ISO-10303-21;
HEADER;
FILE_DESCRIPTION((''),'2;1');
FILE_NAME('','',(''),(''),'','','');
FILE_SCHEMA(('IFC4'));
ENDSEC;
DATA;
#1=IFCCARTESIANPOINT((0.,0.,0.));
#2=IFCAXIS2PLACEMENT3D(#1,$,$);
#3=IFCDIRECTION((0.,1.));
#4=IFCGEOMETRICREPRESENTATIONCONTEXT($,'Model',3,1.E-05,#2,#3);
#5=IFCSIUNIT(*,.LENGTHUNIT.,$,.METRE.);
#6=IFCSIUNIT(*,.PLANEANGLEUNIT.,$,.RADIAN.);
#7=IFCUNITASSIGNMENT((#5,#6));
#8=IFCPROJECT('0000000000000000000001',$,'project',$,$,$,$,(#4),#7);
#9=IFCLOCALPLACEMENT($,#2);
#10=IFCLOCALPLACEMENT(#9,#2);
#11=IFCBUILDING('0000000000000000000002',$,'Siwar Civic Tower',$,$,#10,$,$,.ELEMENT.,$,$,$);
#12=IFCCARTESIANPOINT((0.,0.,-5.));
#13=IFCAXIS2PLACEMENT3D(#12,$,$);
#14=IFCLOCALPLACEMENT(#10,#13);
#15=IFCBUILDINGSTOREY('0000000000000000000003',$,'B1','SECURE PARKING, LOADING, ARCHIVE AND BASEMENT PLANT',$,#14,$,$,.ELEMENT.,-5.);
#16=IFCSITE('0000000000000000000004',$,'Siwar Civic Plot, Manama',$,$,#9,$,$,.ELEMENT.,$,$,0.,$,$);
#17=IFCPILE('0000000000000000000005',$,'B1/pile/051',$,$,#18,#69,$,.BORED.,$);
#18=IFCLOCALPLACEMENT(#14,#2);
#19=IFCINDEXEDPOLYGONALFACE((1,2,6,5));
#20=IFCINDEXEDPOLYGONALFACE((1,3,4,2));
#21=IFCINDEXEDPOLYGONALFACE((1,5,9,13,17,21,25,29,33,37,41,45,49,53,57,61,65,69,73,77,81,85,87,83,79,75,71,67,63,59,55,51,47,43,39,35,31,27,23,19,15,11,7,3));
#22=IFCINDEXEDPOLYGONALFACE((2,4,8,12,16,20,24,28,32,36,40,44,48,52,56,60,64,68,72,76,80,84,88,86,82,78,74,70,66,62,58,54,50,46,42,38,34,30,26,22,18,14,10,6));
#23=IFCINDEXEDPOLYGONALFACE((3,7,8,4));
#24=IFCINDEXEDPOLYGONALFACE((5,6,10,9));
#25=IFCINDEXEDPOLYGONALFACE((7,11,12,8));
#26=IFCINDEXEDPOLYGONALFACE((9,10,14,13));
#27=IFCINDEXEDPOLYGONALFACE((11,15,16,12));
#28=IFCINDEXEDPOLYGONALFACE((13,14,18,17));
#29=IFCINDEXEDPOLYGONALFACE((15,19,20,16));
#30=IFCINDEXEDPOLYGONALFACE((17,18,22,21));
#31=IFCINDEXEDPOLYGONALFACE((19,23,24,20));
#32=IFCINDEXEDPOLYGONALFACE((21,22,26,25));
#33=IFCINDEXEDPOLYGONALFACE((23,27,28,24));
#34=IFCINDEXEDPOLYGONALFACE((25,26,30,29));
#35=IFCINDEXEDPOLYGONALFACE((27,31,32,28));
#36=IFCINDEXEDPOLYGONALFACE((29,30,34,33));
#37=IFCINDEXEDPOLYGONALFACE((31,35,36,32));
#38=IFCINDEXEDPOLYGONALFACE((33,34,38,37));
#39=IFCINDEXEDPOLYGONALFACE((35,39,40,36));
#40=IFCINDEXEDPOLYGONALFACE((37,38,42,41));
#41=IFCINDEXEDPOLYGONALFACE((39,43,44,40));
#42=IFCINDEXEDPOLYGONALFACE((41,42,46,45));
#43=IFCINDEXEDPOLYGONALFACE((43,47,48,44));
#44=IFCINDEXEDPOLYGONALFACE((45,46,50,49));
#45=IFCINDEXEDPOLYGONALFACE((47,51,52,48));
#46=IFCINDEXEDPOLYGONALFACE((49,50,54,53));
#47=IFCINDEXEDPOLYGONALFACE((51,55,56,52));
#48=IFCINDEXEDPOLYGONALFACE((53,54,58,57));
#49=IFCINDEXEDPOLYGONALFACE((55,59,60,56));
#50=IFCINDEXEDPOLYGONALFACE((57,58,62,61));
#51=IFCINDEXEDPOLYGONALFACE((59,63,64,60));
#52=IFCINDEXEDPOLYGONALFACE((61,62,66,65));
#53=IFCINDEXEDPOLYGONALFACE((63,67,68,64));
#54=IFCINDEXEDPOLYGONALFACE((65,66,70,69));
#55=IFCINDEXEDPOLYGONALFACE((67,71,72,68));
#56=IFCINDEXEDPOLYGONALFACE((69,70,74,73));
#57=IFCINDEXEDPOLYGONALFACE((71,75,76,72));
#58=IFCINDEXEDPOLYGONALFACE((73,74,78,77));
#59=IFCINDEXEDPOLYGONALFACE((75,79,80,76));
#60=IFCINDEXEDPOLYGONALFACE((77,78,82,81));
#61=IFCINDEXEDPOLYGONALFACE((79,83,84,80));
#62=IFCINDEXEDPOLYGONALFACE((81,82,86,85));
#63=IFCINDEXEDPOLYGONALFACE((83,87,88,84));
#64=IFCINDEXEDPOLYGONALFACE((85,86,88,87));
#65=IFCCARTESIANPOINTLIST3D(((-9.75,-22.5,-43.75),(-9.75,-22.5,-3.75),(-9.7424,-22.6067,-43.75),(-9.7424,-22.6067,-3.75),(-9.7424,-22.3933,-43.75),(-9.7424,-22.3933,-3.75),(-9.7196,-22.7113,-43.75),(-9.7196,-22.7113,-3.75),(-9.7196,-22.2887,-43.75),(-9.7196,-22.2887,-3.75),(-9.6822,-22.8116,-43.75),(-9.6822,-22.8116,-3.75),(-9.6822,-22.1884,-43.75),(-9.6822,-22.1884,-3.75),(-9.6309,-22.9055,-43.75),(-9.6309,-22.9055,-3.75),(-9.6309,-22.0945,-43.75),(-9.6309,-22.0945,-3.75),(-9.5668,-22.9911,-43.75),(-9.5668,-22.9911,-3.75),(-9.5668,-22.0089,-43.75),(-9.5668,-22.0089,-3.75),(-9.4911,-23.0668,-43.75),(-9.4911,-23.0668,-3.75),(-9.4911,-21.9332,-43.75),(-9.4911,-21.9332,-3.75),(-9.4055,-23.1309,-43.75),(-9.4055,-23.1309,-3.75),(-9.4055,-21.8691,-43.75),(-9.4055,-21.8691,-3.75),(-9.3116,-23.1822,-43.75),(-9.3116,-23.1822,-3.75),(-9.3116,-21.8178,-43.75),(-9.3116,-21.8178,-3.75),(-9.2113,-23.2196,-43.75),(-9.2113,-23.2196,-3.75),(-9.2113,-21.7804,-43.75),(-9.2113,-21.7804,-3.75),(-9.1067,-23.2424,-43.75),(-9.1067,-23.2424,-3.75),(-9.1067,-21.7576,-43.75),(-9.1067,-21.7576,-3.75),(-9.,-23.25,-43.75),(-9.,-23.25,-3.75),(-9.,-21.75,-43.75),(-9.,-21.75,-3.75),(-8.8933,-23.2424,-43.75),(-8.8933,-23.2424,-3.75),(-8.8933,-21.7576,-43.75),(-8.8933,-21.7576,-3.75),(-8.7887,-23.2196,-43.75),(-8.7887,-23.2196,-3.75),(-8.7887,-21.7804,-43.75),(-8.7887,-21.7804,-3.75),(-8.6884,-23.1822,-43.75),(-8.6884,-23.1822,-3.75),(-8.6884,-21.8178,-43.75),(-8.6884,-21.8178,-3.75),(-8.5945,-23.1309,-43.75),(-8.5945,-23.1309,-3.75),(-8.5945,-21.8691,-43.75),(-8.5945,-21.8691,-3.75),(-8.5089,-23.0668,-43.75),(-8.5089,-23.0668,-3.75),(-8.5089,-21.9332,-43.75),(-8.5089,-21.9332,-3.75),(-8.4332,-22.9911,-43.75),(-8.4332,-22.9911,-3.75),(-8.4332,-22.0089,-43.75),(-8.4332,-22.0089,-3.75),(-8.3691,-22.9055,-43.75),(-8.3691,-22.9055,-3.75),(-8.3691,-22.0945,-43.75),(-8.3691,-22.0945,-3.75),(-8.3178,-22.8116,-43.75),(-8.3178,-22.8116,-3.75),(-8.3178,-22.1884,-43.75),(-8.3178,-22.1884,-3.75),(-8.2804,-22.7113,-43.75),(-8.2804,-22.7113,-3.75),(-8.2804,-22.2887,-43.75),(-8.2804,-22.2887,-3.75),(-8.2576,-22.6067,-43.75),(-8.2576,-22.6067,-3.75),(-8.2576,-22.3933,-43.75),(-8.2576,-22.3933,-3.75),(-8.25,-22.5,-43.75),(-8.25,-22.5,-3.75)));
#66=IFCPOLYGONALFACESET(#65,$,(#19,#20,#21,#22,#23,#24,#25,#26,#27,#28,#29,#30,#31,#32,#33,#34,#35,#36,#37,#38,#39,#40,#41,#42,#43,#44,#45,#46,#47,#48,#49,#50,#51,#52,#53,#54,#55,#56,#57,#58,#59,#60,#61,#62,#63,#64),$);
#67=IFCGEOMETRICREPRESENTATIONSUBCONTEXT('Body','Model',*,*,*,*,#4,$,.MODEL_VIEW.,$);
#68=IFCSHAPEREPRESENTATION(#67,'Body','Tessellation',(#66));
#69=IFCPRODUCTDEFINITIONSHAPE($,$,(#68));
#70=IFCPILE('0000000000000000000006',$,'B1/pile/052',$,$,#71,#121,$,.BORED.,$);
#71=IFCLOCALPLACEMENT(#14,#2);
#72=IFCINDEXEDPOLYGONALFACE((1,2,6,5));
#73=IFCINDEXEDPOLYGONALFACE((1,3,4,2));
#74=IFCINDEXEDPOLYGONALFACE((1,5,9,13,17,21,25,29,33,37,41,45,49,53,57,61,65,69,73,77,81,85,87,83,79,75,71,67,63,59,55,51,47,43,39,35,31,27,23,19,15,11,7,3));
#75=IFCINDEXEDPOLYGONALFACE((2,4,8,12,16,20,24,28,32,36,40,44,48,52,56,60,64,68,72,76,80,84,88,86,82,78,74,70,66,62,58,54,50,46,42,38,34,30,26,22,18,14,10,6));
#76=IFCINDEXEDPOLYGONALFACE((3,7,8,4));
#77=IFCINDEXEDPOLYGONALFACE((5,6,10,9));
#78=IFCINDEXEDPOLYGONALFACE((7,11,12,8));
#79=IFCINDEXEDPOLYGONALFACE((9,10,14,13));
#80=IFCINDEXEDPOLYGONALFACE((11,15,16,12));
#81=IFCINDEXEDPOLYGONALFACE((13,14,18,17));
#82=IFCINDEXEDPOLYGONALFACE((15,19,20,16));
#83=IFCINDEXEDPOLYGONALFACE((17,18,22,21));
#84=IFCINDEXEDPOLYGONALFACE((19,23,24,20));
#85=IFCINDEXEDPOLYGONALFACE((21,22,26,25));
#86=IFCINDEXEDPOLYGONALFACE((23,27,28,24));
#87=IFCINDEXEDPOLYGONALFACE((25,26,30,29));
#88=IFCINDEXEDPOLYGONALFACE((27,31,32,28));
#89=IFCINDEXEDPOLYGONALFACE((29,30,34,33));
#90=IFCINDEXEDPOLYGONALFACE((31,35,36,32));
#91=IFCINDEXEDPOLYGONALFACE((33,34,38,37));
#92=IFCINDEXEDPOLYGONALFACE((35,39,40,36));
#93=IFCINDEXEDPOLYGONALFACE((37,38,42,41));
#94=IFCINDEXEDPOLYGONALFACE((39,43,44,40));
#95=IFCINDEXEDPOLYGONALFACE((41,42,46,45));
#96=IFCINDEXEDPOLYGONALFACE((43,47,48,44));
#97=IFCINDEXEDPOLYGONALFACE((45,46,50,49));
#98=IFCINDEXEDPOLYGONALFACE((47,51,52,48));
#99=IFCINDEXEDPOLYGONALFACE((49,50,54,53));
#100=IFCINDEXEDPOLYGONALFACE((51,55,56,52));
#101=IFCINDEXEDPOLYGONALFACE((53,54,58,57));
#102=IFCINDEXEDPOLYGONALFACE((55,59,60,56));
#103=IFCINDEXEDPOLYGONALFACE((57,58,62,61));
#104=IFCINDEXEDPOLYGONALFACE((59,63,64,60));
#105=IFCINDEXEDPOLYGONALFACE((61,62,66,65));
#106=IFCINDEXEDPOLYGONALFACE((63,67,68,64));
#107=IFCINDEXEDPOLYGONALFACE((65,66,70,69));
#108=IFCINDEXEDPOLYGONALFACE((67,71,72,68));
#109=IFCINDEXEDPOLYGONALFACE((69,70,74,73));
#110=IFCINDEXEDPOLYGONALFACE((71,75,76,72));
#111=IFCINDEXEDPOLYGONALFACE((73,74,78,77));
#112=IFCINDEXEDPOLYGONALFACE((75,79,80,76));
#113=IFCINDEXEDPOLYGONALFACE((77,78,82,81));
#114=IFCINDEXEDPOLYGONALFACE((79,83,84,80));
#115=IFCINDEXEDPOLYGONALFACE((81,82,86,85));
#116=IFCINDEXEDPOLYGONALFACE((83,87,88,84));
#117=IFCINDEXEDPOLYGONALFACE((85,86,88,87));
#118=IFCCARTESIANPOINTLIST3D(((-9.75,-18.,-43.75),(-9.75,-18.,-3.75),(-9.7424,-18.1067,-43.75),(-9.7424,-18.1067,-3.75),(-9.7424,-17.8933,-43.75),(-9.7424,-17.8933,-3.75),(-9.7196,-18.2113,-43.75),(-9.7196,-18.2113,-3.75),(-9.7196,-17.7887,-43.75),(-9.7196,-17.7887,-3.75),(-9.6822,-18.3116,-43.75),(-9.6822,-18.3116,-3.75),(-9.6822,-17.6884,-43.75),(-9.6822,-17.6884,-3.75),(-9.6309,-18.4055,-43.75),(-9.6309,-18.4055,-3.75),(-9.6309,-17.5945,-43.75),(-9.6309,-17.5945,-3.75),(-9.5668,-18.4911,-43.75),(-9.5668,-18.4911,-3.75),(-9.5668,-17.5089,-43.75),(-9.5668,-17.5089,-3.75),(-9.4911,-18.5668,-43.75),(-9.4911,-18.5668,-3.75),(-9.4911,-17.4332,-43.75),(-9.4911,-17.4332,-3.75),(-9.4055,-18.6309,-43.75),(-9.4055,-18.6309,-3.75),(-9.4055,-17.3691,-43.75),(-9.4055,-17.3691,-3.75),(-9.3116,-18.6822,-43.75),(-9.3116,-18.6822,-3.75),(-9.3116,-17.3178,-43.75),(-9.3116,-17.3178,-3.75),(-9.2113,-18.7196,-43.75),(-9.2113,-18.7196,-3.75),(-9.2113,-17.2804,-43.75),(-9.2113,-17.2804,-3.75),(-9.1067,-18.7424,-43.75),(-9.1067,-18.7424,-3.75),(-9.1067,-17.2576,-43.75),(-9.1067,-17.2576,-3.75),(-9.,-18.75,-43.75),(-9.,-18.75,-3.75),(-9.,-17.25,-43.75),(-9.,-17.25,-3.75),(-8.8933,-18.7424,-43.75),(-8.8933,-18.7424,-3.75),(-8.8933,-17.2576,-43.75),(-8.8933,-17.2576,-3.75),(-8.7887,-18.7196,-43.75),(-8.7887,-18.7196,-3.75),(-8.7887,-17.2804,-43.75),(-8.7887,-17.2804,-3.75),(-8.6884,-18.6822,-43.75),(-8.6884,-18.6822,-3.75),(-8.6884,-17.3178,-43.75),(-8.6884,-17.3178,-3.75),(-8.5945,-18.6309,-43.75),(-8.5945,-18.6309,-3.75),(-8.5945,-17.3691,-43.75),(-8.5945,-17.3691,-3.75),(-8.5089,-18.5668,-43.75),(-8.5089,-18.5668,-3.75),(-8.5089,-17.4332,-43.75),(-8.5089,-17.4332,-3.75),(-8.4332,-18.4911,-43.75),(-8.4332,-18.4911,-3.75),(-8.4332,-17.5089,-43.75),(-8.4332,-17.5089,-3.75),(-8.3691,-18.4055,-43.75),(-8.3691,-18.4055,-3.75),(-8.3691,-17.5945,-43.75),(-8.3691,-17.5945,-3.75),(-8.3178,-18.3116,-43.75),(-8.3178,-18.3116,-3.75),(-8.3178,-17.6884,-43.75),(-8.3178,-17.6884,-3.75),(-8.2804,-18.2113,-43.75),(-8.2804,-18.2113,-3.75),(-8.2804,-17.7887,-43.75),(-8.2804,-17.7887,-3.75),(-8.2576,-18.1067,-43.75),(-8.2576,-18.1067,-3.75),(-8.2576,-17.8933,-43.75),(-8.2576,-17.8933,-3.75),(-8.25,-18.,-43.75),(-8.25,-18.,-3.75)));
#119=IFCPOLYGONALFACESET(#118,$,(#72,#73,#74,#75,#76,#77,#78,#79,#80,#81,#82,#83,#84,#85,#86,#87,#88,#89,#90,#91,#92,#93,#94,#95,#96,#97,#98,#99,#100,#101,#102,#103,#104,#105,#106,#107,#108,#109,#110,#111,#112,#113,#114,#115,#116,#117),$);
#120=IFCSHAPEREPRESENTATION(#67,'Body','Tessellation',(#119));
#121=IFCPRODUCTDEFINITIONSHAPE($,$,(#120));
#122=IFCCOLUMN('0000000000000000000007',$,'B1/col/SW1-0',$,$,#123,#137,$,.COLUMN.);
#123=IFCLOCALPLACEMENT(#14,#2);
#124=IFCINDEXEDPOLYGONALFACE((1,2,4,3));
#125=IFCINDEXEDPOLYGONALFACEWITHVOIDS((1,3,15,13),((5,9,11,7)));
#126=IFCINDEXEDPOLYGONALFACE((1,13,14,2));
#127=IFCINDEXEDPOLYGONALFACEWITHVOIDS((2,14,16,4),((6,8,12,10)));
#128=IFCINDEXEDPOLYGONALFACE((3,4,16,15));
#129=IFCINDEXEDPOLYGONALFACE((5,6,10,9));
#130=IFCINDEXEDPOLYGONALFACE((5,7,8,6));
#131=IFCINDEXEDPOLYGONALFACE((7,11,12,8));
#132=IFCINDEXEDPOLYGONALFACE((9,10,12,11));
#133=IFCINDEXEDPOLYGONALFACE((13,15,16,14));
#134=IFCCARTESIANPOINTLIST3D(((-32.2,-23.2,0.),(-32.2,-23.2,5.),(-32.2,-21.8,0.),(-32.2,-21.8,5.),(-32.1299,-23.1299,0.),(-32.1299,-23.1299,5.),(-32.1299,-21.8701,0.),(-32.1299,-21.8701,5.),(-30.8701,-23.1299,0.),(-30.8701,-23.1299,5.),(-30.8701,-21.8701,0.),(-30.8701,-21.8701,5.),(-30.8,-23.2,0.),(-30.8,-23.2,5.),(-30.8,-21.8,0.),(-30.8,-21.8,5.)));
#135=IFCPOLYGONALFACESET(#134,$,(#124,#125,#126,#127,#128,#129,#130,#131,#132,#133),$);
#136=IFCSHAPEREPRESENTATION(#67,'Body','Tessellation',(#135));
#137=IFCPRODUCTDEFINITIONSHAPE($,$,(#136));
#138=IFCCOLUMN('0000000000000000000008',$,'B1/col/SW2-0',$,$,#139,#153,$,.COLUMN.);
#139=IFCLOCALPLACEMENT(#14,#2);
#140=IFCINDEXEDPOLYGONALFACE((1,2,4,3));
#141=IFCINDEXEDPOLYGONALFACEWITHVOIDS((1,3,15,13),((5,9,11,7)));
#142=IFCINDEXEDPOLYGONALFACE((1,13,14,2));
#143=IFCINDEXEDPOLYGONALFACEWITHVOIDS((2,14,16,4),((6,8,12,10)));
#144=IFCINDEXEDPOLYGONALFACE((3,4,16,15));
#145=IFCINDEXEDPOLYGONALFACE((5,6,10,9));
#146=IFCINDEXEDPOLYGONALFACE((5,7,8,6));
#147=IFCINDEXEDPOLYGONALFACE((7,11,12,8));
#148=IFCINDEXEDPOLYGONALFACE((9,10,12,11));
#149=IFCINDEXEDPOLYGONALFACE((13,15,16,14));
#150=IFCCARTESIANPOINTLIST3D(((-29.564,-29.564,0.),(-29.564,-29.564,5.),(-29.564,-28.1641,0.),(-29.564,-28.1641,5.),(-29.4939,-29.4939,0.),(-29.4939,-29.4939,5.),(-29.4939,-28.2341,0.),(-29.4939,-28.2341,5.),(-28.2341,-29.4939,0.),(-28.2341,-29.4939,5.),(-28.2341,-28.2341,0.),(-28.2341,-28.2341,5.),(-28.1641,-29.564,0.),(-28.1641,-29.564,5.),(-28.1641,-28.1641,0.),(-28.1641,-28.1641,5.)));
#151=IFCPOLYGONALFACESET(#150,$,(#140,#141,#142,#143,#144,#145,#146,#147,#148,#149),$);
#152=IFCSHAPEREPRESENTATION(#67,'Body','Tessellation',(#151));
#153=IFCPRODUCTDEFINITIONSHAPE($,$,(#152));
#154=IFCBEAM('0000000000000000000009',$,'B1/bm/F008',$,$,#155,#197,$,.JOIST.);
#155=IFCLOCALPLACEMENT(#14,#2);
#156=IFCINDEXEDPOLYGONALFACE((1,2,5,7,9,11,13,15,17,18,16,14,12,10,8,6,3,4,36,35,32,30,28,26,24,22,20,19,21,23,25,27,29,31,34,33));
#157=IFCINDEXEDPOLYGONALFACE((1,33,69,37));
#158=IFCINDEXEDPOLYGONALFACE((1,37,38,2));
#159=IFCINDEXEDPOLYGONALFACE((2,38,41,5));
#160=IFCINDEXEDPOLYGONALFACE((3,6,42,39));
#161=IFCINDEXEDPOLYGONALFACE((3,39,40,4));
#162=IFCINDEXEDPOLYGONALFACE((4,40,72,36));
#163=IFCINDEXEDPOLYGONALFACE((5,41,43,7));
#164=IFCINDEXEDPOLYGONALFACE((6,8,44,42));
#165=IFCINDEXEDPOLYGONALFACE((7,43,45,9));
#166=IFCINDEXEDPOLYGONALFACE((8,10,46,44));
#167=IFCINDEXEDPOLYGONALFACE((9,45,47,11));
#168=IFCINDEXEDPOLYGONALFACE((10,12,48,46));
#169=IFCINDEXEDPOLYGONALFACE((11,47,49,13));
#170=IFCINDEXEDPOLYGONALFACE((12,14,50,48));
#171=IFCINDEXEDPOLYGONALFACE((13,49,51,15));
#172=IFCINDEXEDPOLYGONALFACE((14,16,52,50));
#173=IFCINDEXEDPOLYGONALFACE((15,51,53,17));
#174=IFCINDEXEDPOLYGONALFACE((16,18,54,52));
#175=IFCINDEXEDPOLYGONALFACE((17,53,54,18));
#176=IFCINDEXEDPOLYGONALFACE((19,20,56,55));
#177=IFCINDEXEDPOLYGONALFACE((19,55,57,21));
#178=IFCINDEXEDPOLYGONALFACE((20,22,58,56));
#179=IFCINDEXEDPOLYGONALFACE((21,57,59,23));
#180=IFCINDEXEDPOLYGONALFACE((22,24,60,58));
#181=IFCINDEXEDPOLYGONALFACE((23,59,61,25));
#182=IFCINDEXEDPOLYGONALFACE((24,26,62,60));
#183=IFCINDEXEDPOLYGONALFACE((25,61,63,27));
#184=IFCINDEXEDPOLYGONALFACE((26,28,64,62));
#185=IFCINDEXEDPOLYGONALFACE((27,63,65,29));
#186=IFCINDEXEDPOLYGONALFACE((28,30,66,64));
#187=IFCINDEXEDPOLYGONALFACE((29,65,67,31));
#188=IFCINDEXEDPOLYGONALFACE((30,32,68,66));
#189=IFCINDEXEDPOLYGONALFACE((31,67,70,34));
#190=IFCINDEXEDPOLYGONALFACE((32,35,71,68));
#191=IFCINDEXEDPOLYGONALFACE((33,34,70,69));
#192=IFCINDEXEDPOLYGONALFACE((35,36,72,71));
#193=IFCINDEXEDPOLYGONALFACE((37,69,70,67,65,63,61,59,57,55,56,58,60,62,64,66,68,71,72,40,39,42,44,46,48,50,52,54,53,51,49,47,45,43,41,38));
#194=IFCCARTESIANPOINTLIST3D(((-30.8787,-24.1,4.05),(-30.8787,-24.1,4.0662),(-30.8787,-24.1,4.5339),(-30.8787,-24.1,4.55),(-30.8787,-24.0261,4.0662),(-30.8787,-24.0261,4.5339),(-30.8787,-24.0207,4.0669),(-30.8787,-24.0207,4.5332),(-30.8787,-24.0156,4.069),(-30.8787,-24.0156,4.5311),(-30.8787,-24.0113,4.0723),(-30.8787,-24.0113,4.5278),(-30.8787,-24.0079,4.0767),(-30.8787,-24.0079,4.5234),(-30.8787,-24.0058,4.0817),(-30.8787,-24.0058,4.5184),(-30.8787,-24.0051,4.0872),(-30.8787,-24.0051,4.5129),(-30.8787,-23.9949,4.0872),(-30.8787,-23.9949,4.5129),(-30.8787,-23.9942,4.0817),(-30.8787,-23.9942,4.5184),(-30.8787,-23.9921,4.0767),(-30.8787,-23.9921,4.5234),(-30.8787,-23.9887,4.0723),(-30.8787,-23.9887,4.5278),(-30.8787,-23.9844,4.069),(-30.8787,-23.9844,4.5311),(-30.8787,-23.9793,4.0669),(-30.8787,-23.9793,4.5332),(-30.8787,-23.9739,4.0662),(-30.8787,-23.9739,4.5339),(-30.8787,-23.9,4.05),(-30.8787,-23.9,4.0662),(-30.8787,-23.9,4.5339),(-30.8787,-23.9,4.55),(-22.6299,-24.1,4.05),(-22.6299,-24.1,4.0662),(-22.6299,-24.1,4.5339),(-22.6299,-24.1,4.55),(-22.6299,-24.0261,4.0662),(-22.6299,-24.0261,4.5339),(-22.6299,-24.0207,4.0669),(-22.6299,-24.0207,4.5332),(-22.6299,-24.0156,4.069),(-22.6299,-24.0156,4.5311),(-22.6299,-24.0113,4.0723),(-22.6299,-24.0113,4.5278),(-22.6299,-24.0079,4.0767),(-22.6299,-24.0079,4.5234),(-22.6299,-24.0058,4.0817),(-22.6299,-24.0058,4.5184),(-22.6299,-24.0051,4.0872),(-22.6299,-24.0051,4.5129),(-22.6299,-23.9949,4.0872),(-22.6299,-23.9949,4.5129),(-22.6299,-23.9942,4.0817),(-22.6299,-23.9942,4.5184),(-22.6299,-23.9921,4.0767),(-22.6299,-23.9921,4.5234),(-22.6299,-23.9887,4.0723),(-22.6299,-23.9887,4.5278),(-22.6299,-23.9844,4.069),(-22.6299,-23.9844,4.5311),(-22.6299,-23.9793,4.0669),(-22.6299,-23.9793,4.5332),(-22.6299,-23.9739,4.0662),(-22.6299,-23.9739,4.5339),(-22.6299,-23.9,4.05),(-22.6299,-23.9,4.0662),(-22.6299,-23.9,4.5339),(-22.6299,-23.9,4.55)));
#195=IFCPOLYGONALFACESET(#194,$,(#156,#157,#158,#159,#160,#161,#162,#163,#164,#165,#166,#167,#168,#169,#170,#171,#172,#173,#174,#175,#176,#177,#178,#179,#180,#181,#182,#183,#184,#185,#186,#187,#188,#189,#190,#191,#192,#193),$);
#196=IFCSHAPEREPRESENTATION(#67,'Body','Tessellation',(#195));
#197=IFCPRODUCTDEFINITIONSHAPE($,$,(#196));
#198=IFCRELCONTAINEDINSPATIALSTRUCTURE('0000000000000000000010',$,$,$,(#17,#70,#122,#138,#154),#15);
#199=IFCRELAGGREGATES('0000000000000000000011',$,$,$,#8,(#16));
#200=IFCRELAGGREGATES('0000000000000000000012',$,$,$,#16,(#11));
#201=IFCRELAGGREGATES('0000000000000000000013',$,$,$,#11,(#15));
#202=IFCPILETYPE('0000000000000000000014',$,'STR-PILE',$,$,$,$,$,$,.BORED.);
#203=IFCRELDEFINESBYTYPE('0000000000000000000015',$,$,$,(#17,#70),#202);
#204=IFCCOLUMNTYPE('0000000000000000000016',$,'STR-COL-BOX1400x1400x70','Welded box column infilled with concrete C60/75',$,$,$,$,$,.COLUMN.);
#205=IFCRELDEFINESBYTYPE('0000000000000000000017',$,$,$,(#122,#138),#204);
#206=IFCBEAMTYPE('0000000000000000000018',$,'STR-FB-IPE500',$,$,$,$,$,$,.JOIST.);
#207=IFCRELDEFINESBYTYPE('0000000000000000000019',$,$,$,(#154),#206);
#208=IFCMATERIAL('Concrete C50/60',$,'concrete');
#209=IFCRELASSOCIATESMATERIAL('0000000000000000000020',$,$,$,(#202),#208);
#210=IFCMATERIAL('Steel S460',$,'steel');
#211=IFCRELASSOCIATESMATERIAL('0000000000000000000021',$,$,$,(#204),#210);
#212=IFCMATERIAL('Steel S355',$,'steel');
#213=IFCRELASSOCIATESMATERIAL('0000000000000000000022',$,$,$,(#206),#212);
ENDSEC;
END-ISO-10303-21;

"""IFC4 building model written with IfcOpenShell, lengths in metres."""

from ifc_helpers import new_model, si_unit, direction, frame, origin, origin_2d, place, context, subcontext, project, spatial, hollow_rectangle, circle, i_section, extrude, material, material_profile, profile_set, type_object, element, save


model = new_model("IFC4")

# Units and contexts
model_context = context("Model", 3, precision=1e-05, world=origin(), true_north=direction((0.0, 1.0)))
body_context = subcontext(model_context, "Body", "Model", "MODEL_VIEW")
ifc_project = project(units=[si_unit("LENGTHUNIT", "METRE"), si_unit("PLANEANGLEUNIT", "RADIAN")], contexts=[model_context])

# Site, building, storey
site_placement = place(None, origin())
site = spatial("IfcSite", under=ifc_project, at=site_placement, Name="Siwar Civic Plot, Manama", CompositionType="ELEMENT", RefElevation=0.0)
building_placement = place(site_placement, origin())
building = spatial("IfcBuilding", under=site, at=building_placement, Name="Siwar Civic Tower", CompositionType="ELEMENT")
storey_placement = place(building_placement, frame((0.0, 0.0, -5.0)))
storey = spatial("IfcBuildingStorey", under=building, at=storey_placement, Name="B1", Description="SECURE PARKING, LOADING, ARCHIVE AND BASEMENT PLANT", CompositionType="ELEMENT", Elevation=-5.0)

# Piles
ifc_material_1 = material(Name="Concrete C50/60", Category="concrete")
ifc_material_profile_1 = material_profile(ifc_material_1, circle(Radius=0.75, at=origin_2d()), Name="PILE1500")
ifc_profile_set_1 = profile_set([ifc_material_profile_1], Name="Concrete C50/60")
pile_type = type_object("IfcPileType", Name="STR-PILE", PredefinedType="BORED", material=ifc_profile_set_1)
for number, where, z_axis, x_axis, name in (
    (1, (-9.0, -22.5, -3.75), (0.0, 0.0, -1.0), (1.0, 0.0, 0.0), "B1/pile/051"),
    (2, (-9.0, -18.0, -3.75), (0.0, 0.0, -1.0), (1.0, 0.0, 0.0), "B1/pile/052"),
):
    element("IfcPile", number, at=place(storey_placement, frame(where, z_axis=z_axis, x_axis=x_axis)), inside=storey, type_object=pile_type, Name=name, PredefinedType="BORED", context=body_context, shape_type="SweptSolid", body=[
        extrude(circle(Radius=0.75, at=origin_2d()), origin(), (0.0, 0.0, 1.0), 40.0),
    ])

# Columns
ifc_material_2 = material(Name="Steel S460", Category="steel")
ifc_material_profile_2 = material_profile(ifc_material_2, hollow_rectangle(XDim=1.3999, YDim=1.3999, WallThickness=0.0701, at=origin_2d()), Name="BOX1400x1400x70")
ifc_profile_set_2 = profile_set([ifc_material_profile_2], Name="Steel S460")
column_type = type_object("IfcColumnType", Name="STR-COL-BOX1400x1400x70", Description="Welded box column infilled with concrete C60/75", PredefinedType="COLUMN", material=ifc_profile_set_2)
for number, where, z_axis, x_axis, name in (
    (3, (-31.5, -22.5, 0.0), (0.0, 0.0, 1.0), (1.0, 0.0, 0.0), "B1/col/SW1-0"),
    (4, (-28.864, -28.864, 0.0), (0.0, 0.0, 1.0), (1.0, 0.0, 0.0), "B1/col/SW2-0"),
):
    element("IfcColumn", number, at=place(storey_placement, frame(where, z_axis=z_axis, x_axis=x_axis)), inside=storey, type_object=column_type, Name=name, PredefinedType="COLUMN", context=body_context, shape_type="SweptSolid", body=[
        extrude(hollow_rectangle(XDim=1.3999, YDim=1.3999, WallThickness=0.0701, at=origin_2d()), origin(), (0.0, 0.0, 1.0), 5.0),
    ])

# Beam
ifc_material_3 = material(Name="Steel S355", Category="steel")
ifc_material_profile_3 = material_profile(ifc_material_3, i_section(OverallWidth=0.2, OverallDepth=0.5, WebThickness=0.0103, FlangeThickness=0.0161, FilletRadius=0.021, at=origin_2d()), Name="IPE500")
ifc_profile_set_3 = profile_set([ifc_material_profile_3], Name="Steel S355")
beam_type_1 = type_object("IfcBeamType", Name="STR-FB-IPE500", PredefinedType="JOIST", material=ifc_profile_set_3)
beam_1_placement = place(storey_placement, frame((-30.8787, -24.0, 4.3), z_axis=(1.0, 0.0, 0.0), x_axis=(0.0, 1.0, 0.0)))
element("IfcBeam", 5, at=beam_1_placement, inside=storey, type_object=beam_type_1, Name="B1/bm/F008", PredefinedType="JOIST", context=body_context, shape_type="SweptSolid", body=[
    extrude(i_section(OverallWidth=0.2, OverallDepth=0.5, WebThickness=0.0103, FlangeThickness=0.0161, FilletRadius=0.021, at=origin_2d()), origin(), (0.0, 0.0, 1.0), 8.2488),
])

save(model, "model.ifc")
